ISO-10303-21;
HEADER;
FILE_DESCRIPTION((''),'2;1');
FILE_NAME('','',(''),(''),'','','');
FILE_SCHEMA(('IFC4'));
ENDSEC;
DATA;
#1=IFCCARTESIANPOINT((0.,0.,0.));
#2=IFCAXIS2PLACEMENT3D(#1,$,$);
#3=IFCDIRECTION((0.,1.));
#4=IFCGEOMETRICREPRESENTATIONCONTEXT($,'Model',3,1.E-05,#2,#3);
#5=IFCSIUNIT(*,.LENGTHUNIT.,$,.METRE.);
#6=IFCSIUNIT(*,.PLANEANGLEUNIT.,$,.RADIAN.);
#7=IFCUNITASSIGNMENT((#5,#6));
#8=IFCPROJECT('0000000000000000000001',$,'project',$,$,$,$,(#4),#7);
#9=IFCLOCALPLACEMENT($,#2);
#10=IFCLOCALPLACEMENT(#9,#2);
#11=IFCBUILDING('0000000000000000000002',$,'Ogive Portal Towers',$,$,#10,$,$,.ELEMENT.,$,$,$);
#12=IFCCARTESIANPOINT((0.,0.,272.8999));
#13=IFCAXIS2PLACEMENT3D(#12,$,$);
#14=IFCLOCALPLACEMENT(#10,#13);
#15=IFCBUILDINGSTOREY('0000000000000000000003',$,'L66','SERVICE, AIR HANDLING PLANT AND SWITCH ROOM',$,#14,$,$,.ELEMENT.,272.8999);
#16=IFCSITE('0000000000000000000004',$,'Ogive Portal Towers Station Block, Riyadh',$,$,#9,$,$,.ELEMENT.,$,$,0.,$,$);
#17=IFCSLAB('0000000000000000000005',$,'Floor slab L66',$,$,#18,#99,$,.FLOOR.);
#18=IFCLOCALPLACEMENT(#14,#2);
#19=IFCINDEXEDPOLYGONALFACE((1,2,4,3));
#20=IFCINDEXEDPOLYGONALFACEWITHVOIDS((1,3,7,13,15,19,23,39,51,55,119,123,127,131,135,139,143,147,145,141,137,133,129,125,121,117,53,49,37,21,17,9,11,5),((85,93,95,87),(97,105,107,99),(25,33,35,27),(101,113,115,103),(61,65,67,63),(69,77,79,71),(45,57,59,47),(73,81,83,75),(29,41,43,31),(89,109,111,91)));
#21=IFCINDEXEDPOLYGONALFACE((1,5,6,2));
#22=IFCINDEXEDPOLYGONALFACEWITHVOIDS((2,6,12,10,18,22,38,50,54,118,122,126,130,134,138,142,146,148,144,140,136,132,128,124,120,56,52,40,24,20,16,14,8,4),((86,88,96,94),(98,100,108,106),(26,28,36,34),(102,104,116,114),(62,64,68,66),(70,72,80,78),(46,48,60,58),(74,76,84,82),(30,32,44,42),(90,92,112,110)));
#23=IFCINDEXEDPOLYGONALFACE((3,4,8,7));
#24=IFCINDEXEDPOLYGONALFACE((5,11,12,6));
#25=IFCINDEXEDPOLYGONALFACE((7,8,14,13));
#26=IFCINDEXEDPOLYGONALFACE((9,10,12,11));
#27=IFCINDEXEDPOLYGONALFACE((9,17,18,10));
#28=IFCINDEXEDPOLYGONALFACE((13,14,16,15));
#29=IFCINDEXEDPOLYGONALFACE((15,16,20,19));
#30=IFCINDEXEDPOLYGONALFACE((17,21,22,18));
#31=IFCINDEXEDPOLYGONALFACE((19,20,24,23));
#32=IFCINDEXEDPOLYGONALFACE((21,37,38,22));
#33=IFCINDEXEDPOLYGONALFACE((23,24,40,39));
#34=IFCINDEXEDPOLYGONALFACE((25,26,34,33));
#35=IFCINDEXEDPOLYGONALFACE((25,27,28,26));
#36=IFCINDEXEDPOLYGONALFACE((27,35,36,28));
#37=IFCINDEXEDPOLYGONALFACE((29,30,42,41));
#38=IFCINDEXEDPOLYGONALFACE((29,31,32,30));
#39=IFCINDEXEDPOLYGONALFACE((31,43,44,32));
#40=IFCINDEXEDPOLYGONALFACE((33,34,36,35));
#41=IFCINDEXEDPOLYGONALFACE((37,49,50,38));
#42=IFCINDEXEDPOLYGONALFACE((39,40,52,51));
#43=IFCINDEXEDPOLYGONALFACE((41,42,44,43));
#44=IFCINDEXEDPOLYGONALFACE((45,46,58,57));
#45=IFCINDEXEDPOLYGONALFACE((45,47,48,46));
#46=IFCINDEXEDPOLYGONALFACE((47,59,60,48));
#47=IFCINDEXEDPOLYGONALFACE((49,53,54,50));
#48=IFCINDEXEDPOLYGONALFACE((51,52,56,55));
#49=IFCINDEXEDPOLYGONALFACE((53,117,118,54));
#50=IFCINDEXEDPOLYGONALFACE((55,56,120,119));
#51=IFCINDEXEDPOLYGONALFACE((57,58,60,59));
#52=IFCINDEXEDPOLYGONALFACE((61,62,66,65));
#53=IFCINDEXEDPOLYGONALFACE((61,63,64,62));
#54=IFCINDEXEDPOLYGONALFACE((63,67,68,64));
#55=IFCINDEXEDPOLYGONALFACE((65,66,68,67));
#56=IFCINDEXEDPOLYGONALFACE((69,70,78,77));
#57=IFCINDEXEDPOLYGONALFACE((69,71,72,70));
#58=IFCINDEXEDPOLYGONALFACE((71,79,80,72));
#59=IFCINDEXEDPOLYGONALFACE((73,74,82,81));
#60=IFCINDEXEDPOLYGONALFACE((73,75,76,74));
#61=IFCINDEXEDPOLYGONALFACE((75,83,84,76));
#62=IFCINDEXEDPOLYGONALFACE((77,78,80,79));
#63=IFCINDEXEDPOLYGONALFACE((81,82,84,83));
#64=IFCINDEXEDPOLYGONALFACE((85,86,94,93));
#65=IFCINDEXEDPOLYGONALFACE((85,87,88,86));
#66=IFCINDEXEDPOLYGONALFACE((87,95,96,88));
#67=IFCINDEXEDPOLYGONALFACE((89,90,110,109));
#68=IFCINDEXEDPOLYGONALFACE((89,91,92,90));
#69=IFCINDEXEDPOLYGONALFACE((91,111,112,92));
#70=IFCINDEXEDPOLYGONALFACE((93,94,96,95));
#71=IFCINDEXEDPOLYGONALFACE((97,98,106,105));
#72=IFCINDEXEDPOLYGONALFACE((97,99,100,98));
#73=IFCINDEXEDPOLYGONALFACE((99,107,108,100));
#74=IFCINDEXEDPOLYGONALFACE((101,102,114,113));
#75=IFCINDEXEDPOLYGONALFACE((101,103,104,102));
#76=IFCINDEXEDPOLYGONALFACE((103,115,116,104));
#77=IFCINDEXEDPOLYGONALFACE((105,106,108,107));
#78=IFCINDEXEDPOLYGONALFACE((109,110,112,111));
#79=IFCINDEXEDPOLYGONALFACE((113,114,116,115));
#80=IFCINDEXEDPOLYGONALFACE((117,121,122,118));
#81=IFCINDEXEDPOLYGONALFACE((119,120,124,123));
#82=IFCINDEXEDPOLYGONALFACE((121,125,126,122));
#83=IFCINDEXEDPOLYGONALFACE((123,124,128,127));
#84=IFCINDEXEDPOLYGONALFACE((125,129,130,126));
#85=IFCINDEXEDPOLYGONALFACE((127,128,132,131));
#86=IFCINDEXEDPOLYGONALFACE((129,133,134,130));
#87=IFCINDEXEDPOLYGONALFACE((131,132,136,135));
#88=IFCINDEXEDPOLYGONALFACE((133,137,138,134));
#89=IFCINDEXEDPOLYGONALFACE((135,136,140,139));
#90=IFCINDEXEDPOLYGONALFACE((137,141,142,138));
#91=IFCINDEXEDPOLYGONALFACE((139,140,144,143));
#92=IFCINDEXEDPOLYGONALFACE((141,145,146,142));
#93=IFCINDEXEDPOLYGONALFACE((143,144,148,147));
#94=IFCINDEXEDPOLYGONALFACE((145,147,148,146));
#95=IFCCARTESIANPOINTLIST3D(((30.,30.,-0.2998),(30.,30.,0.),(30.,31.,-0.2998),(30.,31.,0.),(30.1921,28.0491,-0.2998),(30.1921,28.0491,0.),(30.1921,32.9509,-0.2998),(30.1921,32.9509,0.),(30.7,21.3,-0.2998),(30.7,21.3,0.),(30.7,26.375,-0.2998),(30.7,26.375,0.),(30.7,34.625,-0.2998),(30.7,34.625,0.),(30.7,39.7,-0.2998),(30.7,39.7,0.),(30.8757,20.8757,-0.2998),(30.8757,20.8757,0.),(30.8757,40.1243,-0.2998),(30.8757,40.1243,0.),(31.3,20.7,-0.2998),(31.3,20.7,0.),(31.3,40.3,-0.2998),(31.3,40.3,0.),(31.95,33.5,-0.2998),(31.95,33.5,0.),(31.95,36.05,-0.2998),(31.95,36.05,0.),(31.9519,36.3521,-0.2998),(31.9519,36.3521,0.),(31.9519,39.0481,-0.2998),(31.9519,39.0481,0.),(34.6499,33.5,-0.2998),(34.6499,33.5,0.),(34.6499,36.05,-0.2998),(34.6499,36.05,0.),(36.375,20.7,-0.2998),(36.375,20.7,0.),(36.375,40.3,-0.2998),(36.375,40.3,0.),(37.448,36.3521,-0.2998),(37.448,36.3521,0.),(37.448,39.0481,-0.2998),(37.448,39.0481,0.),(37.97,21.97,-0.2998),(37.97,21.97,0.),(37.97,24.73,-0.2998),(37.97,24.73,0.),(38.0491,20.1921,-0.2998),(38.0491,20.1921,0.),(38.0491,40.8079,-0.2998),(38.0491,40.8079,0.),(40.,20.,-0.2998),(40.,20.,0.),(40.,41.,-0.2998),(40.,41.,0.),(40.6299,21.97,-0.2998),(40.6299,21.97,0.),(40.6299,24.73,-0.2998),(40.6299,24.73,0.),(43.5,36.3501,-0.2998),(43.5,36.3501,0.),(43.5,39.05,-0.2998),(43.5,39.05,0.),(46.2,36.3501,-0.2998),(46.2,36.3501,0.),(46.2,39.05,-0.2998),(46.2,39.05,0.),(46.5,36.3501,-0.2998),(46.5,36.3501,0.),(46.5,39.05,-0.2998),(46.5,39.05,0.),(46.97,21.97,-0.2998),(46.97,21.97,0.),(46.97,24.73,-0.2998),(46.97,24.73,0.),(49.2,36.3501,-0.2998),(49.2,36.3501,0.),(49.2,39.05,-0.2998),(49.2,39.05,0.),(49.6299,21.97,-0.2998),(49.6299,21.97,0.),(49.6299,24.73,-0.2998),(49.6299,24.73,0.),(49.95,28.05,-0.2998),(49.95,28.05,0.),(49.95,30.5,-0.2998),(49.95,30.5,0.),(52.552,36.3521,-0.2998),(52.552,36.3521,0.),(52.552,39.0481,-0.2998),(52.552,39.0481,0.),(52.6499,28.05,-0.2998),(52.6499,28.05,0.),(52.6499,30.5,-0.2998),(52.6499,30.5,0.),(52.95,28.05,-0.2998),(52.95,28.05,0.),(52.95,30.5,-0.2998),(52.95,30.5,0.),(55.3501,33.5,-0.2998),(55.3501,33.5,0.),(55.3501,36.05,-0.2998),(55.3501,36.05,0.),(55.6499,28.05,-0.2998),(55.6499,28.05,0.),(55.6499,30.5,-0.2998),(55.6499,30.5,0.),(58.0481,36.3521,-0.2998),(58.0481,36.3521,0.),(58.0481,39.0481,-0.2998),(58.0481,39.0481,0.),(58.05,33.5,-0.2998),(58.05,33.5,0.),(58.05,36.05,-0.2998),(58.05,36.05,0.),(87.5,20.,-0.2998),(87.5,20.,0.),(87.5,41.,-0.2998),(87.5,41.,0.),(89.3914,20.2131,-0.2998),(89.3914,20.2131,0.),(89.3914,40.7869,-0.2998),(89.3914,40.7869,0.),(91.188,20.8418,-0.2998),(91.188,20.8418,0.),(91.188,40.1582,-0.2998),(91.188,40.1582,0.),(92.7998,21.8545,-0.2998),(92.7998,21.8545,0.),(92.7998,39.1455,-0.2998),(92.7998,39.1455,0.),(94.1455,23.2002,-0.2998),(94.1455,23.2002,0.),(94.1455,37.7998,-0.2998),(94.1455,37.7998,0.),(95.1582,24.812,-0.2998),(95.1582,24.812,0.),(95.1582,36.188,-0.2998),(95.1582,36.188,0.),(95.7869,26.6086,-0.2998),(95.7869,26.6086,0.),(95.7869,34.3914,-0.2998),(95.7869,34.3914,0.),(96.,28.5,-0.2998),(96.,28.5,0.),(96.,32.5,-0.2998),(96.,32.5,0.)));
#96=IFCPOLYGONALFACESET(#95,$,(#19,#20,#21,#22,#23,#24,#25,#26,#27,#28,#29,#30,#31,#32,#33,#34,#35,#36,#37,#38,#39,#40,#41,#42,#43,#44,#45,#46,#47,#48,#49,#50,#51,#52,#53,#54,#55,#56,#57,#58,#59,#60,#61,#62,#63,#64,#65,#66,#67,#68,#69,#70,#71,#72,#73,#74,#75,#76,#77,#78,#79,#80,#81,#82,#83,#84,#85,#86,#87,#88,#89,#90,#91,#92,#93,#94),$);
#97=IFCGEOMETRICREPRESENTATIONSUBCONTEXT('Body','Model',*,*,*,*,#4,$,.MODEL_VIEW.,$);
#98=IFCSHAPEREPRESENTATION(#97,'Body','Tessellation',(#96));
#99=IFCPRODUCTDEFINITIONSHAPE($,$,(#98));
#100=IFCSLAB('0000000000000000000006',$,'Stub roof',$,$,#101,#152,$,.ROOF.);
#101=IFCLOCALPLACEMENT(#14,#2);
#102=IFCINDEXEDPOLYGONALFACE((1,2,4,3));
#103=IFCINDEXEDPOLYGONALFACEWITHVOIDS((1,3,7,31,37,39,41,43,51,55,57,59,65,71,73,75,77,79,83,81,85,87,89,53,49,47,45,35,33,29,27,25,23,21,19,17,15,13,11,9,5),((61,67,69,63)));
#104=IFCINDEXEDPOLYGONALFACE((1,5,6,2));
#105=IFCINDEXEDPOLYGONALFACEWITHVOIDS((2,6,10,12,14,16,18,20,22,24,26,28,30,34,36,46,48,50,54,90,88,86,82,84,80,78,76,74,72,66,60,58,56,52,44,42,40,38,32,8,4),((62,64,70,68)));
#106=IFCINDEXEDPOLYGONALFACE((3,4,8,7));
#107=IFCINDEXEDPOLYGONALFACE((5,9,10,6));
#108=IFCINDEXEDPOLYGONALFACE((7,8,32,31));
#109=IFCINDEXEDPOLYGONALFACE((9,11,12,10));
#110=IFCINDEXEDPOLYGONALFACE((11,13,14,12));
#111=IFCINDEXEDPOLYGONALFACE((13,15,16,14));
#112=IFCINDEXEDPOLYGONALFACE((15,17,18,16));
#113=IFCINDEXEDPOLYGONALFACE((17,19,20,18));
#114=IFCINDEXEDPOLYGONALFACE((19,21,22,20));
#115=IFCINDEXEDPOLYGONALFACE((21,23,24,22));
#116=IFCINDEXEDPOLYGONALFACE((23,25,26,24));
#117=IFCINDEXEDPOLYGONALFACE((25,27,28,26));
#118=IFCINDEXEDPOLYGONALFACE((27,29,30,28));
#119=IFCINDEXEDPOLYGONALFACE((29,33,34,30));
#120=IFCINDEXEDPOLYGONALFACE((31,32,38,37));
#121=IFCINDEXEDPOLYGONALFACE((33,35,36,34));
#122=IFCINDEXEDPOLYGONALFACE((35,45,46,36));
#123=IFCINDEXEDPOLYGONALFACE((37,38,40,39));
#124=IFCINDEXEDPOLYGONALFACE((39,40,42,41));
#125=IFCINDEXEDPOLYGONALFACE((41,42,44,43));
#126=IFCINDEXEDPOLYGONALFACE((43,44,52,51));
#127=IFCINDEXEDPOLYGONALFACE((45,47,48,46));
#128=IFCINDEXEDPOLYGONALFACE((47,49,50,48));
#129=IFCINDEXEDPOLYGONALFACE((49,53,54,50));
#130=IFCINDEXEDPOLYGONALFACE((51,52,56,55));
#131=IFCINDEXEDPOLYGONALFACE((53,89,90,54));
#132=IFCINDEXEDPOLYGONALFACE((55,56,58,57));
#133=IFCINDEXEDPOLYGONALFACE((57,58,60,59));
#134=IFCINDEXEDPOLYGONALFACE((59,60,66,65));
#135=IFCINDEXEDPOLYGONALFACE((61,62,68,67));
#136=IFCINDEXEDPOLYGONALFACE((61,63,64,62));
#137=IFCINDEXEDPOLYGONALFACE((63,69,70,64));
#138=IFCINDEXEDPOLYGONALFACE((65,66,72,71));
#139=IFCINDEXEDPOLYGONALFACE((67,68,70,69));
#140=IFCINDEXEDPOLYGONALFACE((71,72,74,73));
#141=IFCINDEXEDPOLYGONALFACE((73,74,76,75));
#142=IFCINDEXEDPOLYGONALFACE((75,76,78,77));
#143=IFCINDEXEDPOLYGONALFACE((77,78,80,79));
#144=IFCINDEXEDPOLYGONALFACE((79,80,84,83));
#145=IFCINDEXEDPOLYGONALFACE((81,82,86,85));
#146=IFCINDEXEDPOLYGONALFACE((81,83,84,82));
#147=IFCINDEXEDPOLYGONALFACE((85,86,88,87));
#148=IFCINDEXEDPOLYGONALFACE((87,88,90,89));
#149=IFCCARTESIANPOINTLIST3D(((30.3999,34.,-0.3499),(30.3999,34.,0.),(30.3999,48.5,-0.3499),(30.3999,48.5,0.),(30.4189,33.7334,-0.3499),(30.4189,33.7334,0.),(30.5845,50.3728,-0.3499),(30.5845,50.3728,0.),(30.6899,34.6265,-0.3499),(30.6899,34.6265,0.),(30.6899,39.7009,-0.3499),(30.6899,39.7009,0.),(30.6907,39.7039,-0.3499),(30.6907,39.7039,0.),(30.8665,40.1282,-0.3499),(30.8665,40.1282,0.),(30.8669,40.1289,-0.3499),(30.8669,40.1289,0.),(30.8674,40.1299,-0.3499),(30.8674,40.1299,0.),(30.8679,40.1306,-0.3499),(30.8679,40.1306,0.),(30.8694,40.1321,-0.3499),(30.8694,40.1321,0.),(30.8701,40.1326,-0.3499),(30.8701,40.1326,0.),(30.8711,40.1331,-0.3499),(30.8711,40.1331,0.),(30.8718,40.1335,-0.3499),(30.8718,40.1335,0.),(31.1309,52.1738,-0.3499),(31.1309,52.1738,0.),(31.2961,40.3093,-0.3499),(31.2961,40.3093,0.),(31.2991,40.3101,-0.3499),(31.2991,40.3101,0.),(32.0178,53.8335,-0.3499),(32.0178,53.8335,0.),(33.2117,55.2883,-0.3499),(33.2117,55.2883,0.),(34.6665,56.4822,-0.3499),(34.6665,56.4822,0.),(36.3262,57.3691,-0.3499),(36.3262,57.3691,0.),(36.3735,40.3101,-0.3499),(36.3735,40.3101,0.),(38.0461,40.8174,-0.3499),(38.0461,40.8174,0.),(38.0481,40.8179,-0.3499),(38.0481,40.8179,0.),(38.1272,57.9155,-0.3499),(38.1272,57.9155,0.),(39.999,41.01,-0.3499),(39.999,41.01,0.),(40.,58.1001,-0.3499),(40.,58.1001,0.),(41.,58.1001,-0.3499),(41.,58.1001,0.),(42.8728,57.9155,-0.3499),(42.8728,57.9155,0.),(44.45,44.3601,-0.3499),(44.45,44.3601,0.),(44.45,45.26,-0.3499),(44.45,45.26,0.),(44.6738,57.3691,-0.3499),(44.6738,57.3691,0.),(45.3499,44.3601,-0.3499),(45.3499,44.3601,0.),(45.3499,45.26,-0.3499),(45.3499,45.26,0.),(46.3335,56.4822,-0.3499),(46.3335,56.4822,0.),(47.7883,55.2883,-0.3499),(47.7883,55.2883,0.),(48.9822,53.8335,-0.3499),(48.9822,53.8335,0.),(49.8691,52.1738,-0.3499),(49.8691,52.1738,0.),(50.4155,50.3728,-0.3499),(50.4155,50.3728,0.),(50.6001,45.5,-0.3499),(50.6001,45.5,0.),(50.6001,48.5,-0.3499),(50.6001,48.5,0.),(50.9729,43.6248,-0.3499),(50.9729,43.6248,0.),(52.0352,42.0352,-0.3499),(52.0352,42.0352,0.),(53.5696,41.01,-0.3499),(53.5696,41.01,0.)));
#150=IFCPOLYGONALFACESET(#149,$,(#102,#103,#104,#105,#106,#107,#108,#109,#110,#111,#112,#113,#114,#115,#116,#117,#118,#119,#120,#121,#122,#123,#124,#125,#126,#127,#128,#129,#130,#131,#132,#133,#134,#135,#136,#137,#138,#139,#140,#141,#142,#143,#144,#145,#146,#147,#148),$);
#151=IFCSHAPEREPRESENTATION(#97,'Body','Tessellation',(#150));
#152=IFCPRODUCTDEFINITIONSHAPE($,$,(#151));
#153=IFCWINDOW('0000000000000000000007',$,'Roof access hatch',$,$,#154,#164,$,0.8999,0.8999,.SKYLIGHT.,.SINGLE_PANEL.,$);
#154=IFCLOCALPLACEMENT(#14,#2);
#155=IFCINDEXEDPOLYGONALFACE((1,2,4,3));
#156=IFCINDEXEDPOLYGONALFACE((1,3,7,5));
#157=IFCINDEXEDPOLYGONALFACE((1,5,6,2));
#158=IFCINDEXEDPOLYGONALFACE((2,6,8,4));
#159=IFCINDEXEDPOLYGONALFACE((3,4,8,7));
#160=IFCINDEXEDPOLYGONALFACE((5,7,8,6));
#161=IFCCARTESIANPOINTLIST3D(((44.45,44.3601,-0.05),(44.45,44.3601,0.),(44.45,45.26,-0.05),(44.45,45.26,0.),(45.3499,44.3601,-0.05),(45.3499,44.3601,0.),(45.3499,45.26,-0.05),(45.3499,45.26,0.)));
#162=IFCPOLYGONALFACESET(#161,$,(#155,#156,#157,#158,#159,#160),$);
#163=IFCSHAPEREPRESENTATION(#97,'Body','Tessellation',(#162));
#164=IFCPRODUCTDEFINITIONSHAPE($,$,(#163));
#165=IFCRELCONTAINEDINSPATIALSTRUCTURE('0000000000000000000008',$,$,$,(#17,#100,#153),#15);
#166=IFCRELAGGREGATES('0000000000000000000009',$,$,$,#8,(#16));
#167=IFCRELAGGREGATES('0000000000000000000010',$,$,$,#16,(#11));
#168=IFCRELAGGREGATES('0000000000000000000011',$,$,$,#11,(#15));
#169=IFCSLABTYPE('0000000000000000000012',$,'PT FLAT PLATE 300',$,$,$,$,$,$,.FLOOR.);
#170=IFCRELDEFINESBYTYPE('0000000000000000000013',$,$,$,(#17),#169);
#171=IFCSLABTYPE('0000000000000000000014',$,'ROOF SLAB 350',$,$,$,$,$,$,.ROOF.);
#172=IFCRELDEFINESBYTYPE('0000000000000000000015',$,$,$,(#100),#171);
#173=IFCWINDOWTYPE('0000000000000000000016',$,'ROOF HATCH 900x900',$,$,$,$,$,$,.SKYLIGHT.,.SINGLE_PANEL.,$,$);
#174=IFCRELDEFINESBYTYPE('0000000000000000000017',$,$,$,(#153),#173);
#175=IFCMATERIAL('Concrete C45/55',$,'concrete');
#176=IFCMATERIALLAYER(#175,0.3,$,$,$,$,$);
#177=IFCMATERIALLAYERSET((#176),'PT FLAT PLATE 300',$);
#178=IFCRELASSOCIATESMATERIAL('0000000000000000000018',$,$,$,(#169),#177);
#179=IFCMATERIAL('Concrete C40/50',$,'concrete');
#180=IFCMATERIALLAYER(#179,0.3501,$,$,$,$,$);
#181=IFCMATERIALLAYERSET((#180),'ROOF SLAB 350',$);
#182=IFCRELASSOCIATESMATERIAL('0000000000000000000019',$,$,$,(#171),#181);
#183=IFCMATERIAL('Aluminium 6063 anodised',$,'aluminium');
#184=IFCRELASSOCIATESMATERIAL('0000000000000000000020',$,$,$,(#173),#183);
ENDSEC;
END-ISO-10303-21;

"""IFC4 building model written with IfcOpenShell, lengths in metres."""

from ifc_helpers import new_model, si_unit, direction, frame, origin, origin_2d, place, context, subcontext, project, spatial, polyline, rectangle, outline, extrude, material, layer, layer_set, type_object, element, fill, save


model = new_model("IFC4")

# Units and contexts
model_context = context("Model", 3, precision=1e-05, world=origin(), true_north=direction((0.0, 1.0)))
body_context = subcontext(model_context, "Body", "Model", "MODEL_VIEW")
ifc_project = project(units=[si_unit("LENGTHUNIT", "METRE"), si_unit("PLANEANGLEUNIT", "RADIAN")], contexts=[model_context])

# Site, building, storey
site_placement = place(None, origin())
site = spatial("IfcSite", under=ifc_project, at=site_placement, Name="Ogive Portal Towers Station Block, Riyadh", CompositionType="ELEMENT", RefElevation=0.0)
building_placement = place(site_placement, origin())
building = spatial("IfcBuilding", under=site, at=building_placement, Name="Ogive Portal Towers", CompositionType="ELEMENT")
storey_placement = place(building_placement, frame((0.0, 0.0, 272.8999)))
storey = spatial("IfcBuildingStorey", under=building, at=storey_placement, Name="L66", Description="SERVICE, AIR HANDLING PLANT AND SWITCH ROOM", CompositionType="ELEMENT", Elevation=272.8999)

# Shared definitions
ifc_material_1 = material(Name="Aluminium 6063 anodised", Category="aluminium")

# Shared definitions
ifc_material_2 = material(Name="Concrete C40/50", Category="concrete")

# Slab
ifc_material_3 = material(Name="Concrete C45/55", Category="concrete")
ifc_layer_1 = layer(ifc_material_3, 0.3)
ifc_layer_set_1 = layer_set([ifc_layer_1], Name="PT FLAT PLATE 300")
slab_type_1 = type_object("IfcSlabType", Name="PT FLAT PLATE 300", PredefinedType="FLOOR", material=ifc_layer_set_1)
slab_1_placement = place(storey_placement, frame((0.0, 0.0, -0.2998)))
element("IfcSlab", 1, at=slab_1_placement, inside=storey, type_object=slab_type_1, Name="Floor slab L66", PredefinedType="FLOOR", context=body_context, shape_type="SweptSolid", body=[
    extrude(outline(polyline([(30.0, 30.0), (30.1921, 28.0491), (30.7, 26.375), (30.7, 21.3), (30.8757, 20.8757), (31.3, 20.7), (36.375, 20.7), (38.0491, 20.1921), (40.0, 20.0), (87.5, 20.0), (89.3914, 20.2131), (91.188, 20.8418), (92.7998, 21.8545), (94.1455, 23.2002), (95.1582, 24.812), (95.7869, 26.6086), (96.0, 28.5), (96.0, 32.5), (95.7869, 34.3914), (95.1582, 36.188), (94.1455, 37.7998), (92.7998, 39.1455), (91.188, 40.1582), (89.3914, 40.7869), (87.5, 41.0), (40.0, 41.0), (38.0491, 40.8079), (36.375, 40.3), (31.3, 40.3), (30.8757, 40.1243), (30.7, 39.7), (30.7, 34.625), (30.1921, 32.9509), (30.0, 31.0), (30.0, 30.0)]), holes=[polyline([(40.6299, 24.73), (40.6299, 21.97), (37.97, 21.97), (37.97, 24.73), (40.6299, 24.73)]), polyline([(49.6299, 24.73), (49.6299, 21.97), (46.97, 21.97), (46.97, 24.73), (49.6299, 24.73)]), polyline([(49.95, 30.5), (52.6499, 30.5), (52.6499, 28.05), (49.95, 28.05), (49.95, 30.5)]), polyline([(55.6499, 30.5), (55.6499, 28.05), (52.95, 28.05), (52.95, 30.5), (55.6499, 30.5)]), polyline([(34.6499, 36.05), (34.6499, 33.5), (31.95, 33.5), (31.95, 36.05), (34.6499, 36.05)]), polyline([(55.3501, 36.05), (58.05, 36.05), (58.05, 33.5), (55.3501, 33.5), (55.3501, 36.05)]), polyline([(31.9519, 36.3521), (31.9519, 39.0481), (37.448, 39.0481), (37.448, 36.3521), (31.9519, 36.3521)]), polyline([(43.5, 39.05), (46.2, 39.05), (46.2, 36.3501), (43.5, 36.3501), (43.5, 39.05)]), polyline([(49.2, 39.05), (49.2, 36.3501), (46.5, 36.3501), (46.5, 39.05), (49.2, 39.05)]), polyline([(58.0481, 36.3521), (52.552, 36.3521), (52.552, 39.0481), (58.0481, 39.0481), (58.0481, 36.3521)])]), origin(), (0.0, 0.0, 1.0), 0.2998),
])

# Slab, opening, window
ifc_layer_2 = layer(ifc_material_2, 0.3501)
ifc_layer_set_2 = layer_set([ifc_layer_2], Name="ROOF SLAB 350")
slab_type_2 = type_object("IfcSlabType", Name="ROOF SLAB 350", PredefinedType="ROOF", material=ifc_layer_set_2)
slab_2_placement = place(storey_placement, frame((0.0, 0.0, -0.3499)))
slab_2 = element("IfcSlab", 2, at=slab_2_placement, inside=storey, type_object=slab_type_2, Name="Stub roof", PredefinedType="ROOF", context=body_context, shape_type="SweptSolid", body=[
    extrude(outline(polyline([(30.3999, 48.5), (30.5845, 50.3728), (31.1309, 52.1738), (32.0178, 53.8335), (33.2117, 55.2883), (34.6665, 56.4822), (36.3262, 57.3691), (38.1272, 57.9155), (40.0, 58.1001), (41.0, 58.1001), (42.8728, 57.9155), (44.6738, 57.3691), (46.3335, 56.4822), (47.7883, 55.2883), (48.9822, 53.8335), (49.8691, 52.1738), (50.4155, 50.3728), (50.6001, 48.5), (50.6001, 45.5), (50.9729, 43.6248), (52.0352, 42.0352), (53.5696, 41.01), (40.0, 41.01), (39.999, 41.01), (38.0481, 40.8179), (38.0471, 40.8176), (38.0461, 40.8174), (36.3735, 40.3101), (31.3, 40.3101), (31.2991, 40.3101), (31.2981, 40.3098), (31.2971, 40.3096), (31.2961, 40.3093), (30.8718, 40.1335), (30.8711, 40.1331), (30.8701, 40.1326), (30.8694, 40.1321), (30.8687, 40.1313), (30.8679, 40.1306), (30.8674, 40.1299), (30.8669, 40.1289), (30.8665, 40.1282), (30.6907, 39.7039), (30.6904, 39.7029), (30.6902, 39.7019), (30.6899, 39.7009), (30.6899, 39.7), (30.6899, 34.6265), (30.4189, 33.7334), (30.3999, 34.0), (30.3999, 48.5)])), origin(), (0.0, 0.0, 1.0), 0.3499),
])
opening_placement = place(slab_2_placement, frame((44.8999, 44.8101, 0.0)))
opening = element("IfcOpeningElement", 3, at=opening_placement, cuts=slab_2, PredefinedType="OPENING", context=body_context, shape_type="SweptSolid", body=[
    extrude(rectangle(XDim=0.8999, YDim=0.8999, at=origin_2d()), origin(), (0.0, 0.0, 1.0), 0.3499),
])
window_type = type_object("IfcWindowType", Name="ROOF HATCH 900x900", PartitioningType="SINGLE_PANEL", PredefinedType="SKYLIGHT", material=ifc_material_1)
window_placement = place(opening_placement, frame((0.0, 0.0, 0.2998)))
window = element("IfcWindow", 4, at=window_placement, inside=storey, type_object=window_type, Name="Roof access hatch", OverallHeight=0.8999, OverallWidth=0.8999, PartitioningType="SINGLE_PANEL", PredefinedType="SKYLIGHT", context=body_context, shape_type="SweptSolid", body=[
    extrude(rectangle(XDim=0.8999, YDim=0.8999, at=origin_2d()), origin(), (0.0, 0.0, 1.0), 0.05),
])
fill(opening, window)

save(model, "model.ifc")
